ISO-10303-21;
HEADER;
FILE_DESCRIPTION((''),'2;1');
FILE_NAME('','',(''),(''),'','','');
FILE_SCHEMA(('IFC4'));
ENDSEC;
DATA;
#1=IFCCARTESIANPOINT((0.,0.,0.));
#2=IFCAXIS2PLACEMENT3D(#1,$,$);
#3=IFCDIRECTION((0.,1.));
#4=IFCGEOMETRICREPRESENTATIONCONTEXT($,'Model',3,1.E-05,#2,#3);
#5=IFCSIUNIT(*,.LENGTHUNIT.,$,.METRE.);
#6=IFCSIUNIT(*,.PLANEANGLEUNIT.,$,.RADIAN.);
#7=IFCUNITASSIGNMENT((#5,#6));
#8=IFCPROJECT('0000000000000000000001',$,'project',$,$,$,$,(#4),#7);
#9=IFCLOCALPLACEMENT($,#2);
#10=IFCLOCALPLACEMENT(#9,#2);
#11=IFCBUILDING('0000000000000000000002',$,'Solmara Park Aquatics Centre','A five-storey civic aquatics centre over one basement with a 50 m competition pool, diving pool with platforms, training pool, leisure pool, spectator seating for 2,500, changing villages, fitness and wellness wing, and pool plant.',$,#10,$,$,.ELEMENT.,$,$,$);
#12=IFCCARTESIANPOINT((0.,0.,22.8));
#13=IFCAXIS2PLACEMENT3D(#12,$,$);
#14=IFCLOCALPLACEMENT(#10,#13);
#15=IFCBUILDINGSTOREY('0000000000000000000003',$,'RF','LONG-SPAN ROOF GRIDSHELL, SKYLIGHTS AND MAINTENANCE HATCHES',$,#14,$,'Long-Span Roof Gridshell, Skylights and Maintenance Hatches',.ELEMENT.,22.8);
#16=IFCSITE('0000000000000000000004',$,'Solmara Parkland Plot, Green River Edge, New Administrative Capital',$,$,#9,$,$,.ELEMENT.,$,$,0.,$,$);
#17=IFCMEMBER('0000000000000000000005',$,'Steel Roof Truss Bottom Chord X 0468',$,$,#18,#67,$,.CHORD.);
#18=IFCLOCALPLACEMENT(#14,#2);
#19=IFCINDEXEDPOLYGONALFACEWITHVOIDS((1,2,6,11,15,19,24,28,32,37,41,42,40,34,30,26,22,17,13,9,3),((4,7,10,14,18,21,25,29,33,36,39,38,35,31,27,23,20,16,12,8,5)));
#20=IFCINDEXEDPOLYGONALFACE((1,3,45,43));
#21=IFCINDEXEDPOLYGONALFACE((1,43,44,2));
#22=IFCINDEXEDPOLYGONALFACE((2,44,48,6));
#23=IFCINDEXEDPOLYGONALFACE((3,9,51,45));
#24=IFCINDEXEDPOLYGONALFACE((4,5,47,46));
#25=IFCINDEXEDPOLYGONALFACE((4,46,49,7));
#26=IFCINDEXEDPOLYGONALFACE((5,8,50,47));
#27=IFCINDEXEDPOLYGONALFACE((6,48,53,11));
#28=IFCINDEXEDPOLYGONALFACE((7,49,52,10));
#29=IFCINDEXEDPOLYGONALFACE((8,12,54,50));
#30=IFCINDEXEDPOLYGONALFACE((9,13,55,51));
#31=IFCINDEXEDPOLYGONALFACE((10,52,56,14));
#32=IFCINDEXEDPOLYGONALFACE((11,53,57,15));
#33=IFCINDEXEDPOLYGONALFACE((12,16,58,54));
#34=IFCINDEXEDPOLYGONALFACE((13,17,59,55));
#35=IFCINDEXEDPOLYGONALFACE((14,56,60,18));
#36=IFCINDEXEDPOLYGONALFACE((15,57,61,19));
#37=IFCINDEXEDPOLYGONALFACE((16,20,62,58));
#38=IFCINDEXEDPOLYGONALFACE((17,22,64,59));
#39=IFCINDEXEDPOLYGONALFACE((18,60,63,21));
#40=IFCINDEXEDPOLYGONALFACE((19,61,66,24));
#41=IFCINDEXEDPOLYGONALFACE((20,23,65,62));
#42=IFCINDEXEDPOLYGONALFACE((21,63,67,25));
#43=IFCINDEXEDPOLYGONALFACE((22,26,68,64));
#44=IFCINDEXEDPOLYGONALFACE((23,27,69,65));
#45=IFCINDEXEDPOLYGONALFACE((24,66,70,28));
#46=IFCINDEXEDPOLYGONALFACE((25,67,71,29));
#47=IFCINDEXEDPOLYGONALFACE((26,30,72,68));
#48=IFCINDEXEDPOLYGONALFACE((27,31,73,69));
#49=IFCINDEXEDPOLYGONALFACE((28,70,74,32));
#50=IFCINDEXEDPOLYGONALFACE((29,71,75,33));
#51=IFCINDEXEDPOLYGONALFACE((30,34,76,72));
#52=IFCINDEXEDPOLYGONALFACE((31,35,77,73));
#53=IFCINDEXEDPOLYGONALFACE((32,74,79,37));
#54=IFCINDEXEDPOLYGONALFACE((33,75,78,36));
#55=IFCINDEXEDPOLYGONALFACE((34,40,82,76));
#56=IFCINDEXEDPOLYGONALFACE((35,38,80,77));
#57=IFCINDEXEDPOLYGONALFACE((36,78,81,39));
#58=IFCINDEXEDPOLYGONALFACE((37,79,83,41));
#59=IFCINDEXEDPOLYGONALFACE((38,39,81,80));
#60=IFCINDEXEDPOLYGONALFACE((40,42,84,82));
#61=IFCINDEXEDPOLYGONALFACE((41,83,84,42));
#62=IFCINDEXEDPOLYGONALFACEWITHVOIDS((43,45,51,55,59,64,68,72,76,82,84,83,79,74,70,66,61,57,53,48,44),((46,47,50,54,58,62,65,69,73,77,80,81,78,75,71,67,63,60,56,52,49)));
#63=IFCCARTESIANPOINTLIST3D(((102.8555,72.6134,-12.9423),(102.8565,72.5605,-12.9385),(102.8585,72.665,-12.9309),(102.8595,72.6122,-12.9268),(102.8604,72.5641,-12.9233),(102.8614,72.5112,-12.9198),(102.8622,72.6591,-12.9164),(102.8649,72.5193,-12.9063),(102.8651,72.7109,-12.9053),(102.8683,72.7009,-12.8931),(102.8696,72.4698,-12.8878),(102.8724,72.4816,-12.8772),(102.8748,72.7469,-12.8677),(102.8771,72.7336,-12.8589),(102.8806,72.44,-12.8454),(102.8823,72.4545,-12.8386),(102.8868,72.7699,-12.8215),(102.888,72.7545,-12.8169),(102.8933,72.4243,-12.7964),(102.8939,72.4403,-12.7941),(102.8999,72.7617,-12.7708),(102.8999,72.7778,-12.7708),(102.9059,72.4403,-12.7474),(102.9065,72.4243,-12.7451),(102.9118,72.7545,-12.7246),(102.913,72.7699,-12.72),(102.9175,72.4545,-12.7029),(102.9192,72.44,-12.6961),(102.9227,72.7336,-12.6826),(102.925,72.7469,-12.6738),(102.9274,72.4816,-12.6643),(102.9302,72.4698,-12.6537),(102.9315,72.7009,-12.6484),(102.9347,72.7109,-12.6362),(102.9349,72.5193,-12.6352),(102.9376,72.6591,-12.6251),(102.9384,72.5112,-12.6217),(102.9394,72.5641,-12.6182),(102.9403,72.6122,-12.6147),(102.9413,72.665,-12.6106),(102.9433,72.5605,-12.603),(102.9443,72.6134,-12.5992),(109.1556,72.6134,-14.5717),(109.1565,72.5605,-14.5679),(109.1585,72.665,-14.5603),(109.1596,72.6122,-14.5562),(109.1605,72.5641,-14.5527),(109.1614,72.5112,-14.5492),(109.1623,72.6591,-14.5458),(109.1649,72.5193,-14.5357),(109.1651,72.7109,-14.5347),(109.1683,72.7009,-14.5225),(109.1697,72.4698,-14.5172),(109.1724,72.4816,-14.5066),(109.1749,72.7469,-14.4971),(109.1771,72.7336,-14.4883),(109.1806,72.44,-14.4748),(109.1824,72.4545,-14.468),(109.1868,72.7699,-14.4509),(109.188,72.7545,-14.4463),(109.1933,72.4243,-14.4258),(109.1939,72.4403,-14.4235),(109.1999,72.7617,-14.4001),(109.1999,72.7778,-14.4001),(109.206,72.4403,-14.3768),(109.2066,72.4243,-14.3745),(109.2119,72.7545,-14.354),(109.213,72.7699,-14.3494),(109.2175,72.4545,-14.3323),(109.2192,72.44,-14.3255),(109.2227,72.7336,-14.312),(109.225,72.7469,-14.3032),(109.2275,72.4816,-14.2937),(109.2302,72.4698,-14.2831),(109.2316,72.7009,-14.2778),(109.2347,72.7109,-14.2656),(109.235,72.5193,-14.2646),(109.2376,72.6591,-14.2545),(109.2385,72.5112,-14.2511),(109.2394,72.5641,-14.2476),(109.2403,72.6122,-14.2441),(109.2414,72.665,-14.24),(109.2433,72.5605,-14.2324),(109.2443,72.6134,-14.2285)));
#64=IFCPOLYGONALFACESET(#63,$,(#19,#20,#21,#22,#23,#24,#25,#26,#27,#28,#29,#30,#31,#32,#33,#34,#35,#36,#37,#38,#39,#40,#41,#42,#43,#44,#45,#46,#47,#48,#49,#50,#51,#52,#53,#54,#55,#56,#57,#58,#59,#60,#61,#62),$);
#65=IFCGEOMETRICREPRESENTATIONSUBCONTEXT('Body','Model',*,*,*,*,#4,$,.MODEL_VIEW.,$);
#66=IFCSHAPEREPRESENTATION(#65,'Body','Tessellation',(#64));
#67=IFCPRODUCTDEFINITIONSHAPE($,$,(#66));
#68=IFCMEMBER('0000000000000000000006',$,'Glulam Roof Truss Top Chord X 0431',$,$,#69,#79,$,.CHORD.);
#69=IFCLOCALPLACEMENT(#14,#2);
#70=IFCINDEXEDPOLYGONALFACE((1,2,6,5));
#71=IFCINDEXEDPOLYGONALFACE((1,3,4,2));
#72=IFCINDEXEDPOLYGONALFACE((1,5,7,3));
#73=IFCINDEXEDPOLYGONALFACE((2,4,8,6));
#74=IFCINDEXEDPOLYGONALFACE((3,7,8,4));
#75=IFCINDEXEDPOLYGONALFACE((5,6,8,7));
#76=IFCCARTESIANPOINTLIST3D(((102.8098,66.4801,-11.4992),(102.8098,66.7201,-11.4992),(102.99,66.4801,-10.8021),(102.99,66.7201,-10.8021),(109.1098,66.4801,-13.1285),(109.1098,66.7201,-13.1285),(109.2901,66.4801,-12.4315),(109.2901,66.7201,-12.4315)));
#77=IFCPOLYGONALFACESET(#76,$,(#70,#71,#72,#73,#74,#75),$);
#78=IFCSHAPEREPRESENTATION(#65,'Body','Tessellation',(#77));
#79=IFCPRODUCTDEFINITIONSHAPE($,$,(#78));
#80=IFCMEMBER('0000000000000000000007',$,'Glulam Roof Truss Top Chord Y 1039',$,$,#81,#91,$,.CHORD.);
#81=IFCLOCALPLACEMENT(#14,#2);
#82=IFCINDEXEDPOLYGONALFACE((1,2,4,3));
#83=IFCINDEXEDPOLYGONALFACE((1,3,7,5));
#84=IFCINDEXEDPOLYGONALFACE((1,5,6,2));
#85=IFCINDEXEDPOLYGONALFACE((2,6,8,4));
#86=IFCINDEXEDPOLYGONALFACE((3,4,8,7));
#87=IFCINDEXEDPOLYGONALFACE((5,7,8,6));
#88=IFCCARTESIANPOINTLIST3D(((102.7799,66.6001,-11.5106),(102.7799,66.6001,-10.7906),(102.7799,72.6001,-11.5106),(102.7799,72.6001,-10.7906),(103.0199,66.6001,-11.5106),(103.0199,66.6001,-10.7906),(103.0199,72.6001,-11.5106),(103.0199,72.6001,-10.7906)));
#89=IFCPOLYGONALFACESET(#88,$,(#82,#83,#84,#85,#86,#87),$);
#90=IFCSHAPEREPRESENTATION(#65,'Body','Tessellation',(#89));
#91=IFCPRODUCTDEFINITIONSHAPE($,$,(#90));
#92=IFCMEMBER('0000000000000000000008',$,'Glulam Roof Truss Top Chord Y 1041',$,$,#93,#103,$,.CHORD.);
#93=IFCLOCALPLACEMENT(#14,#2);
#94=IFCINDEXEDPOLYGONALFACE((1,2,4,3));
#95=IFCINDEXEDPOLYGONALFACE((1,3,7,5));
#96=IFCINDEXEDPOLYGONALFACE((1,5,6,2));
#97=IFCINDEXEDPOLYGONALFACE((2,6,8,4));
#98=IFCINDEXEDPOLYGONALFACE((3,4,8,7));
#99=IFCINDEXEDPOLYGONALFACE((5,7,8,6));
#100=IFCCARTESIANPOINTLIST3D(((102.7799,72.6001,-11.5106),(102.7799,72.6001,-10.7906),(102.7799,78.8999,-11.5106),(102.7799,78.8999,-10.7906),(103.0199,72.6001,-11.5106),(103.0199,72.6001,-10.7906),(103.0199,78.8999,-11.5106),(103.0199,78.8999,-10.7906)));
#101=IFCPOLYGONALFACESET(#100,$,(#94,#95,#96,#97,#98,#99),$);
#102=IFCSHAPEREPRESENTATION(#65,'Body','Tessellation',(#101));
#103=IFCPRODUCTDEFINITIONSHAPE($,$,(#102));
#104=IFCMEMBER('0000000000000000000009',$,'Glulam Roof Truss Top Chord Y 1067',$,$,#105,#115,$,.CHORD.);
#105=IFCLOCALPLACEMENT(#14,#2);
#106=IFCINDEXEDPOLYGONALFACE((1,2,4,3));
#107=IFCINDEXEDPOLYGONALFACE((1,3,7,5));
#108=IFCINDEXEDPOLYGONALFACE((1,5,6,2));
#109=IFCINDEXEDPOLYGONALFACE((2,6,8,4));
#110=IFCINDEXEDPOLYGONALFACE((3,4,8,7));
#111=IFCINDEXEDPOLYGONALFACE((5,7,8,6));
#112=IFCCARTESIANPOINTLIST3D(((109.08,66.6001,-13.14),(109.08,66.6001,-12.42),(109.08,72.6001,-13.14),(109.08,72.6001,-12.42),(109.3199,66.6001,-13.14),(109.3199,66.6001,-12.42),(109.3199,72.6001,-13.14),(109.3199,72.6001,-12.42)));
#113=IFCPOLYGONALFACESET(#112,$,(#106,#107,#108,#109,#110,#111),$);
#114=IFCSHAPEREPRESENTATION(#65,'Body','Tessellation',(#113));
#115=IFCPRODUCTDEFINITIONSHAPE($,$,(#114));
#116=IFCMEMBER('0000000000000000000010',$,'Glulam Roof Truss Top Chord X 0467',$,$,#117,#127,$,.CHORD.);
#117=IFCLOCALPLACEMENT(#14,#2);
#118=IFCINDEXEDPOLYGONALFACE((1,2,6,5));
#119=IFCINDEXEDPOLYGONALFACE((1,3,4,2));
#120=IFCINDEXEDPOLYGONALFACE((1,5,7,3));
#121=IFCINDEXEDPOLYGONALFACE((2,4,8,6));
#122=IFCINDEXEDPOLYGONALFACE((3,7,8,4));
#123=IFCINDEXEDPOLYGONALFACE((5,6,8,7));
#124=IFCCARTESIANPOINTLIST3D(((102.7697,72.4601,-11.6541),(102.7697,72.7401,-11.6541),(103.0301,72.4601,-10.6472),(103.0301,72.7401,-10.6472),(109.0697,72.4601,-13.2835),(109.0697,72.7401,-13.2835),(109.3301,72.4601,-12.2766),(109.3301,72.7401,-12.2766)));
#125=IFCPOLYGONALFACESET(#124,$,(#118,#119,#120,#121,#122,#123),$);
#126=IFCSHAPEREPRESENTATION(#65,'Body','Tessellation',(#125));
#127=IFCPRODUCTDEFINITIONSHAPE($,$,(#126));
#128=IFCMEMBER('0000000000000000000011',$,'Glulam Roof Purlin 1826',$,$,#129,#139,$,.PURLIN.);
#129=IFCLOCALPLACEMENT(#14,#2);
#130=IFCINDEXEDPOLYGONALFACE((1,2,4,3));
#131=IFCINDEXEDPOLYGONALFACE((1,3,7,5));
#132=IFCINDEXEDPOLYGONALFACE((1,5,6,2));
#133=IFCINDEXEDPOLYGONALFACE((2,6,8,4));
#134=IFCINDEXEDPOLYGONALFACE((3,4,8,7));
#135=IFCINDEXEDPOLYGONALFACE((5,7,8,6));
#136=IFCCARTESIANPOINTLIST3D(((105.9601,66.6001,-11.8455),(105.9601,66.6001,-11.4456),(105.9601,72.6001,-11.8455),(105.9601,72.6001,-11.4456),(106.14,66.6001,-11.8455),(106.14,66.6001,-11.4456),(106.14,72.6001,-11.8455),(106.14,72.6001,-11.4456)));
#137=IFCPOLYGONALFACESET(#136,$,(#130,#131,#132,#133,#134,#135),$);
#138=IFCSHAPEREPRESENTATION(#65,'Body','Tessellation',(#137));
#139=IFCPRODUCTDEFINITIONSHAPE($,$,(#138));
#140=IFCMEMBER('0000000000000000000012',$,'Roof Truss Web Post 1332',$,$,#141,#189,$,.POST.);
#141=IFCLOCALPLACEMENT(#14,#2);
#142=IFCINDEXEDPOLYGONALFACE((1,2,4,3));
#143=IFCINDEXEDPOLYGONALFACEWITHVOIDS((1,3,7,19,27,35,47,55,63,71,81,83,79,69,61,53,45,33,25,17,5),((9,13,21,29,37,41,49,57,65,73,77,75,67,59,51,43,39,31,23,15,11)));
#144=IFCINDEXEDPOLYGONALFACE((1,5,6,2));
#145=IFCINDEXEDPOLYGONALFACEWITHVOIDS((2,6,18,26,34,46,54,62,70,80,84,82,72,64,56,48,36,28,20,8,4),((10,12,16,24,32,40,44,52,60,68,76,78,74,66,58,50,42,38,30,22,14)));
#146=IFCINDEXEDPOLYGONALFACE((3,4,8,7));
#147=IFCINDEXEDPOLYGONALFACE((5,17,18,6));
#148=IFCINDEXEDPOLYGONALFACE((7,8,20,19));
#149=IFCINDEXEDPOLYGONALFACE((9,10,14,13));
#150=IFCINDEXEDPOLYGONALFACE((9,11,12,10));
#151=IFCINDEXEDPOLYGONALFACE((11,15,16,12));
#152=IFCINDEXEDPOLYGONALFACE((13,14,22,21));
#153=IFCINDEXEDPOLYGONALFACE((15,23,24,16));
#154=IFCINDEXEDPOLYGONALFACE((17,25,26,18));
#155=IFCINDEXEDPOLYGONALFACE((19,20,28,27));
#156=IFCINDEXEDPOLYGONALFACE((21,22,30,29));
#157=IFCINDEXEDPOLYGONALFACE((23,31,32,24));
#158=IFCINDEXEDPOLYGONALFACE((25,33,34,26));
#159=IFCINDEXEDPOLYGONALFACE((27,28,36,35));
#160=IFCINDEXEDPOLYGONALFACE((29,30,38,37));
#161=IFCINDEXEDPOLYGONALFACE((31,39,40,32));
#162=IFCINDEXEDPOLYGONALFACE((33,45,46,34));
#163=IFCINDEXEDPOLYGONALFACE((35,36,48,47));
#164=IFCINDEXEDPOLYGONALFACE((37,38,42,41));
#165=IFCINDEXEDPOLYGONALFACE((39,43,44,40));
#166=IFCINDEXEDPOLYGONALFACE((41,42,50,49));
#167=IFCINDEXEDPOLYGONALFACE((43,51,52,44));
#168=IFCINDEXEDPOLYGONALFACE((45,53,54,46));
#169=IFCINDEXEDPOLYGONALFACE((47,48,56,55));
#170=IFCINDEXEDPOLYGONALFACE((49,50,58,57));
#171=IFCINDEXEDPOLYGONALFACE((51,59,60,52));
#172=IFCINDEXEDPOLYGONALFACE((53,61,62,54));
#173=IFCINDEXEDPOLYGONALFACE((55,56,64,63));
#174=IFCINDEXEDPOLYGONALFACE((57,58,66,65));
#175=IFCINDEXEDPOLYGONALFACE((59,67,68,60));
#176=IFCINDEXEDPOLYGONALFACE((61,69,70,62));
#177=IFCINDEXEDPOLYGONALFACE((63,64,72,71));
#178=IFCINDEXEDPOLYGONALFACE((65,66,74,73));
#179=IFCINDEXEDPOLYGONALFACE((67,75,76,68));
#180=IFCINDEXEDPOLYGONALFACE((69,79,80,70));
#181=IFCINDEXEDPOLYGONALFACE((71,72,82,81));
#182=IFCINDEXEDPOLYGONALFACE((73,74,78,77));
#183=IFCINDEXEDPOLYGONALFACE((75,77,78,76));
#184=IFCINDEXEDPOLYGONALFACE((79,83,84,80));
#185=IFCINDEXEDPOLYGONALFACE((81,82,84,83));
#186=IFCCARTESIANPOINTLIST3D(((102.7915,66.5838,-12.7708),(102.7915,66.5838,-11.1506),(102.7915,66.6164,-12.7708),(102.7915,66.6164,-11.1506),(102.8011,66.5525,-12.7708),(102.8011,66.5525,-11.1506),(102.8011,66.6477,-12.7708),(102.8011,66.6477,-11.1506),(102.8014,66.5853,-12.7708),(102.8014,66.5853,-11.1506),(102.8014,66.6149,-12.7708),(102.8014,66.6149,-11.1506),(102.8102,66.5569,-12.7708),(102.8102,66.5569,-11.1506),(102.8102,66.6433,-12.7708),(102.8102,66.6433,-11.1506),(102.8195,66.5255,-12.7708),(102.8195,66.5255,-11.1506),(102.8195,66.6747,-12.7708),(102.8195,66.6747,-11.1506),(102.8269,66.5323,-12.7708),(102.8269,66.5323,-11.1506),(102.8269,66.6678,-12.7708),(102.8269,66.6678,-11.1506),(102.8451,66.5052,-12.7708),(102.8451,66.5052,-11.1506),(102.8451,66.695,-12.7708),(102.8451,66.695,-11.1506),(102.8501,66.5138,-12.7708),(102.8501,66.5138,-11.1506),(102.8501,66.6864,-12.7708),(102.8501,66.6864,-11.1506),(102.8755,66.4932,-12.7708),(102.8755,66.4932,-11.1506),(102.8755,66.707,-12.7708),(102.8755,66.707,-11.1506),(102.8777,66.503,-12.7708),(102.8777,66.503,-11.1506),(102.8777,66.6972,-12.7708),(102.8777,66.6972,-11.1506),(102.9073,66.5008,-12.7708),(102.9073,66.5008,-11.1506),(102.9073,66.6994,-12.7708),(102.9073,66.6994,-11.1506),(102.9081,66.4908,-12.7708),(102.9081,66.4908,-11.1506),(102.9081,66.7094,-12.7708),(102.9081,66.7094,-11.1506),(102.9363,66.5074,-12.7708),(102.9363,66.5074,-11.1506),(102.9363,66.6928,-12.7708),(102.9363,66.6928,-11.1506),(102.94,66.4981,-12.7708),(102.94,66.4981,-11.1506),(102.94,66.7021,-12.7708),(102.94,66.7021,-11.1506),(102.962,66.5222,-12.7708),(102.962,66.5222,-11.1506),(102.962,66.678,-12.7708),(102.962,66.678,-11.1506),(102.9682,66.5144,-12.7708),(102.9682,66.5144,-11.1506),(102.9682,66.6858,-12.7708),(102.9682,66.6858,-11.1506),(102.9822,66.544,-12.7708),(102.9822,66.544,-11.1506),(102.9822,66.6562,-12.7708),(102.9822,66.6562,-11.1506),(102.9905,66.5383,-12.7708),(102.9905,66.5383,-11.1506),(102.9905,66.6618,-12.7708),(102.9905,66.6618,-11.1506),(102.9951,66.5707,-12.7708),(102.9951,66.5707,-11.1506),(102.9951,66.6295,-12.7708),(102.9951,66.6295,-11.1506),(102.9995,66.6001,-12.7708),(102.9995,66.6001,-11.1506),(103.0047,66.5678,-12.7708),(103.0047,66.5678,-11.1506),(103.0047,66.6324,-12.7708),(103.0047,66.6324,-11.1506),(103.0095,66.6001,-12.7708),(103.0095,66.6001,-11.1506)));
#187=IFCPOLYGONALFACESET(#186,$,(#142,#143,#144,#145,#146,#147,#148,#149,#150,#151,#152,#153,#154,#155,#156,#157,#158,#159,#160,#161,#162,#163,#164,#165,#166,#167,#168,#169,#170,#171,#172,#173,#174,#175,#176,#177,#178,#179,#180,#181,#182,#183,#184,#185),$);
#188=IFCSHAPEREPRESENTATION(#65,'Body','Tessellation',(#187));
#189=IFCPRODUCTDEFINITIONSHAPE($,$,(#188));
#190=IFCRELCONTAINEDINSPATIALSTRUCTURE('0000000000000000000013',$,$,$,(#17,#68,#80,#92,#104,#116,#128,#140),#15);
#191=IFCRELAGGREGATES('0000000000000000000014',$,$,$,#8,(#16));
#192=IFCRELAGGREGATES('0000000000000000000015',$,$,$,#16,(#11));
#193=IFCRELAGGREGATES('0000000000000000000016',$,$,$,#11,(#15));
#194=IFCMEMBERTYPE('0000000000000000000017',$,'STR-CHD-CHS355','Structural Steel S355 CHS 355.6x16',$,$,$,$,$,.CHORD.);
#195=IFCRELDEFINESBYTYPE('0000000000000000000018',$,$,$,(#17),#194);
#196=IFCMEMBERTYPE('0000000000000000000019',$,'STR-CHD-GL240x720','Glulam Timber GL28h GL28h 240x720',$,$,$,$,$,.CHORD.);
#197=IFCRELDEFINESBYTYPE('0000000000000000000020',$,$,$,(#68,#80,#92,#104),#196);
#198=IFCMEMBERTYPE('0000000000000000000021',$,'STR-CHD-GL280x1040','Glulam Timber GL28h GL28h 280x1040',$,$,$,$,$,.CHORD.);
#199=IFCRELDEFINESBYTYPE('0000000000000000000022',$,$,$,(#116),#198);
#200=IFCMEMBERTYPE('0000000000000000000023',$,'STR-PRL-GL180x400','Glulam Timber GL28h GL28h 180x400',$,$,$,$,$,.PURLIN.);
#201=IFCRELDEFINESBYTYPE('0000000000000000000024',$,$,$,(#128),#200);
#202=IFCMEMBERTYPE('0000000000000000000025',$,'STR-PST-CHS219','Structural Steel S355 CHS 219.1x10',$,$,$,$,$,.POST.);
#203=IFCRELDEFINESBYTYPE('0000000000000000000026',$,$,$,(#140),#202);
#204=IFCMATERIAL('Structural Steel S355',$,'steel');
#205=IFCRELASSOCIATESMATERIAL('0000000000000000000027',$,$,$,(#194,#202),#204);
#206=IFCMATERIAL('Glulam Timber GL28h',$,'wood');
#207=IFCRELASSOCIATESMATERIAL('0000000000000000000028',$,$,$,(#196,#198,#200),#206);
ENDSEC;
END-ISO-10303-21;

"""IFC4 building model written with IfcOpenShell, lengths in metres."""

from ifc_helpers import new_model, si_unit, direction, frame, origin, origin_2d, place, context, subcontext, project, spatial, rectangle, hollow_circle, extrude, material, material_profile, profile_set, type_object, element, save


model = new_model("IFC4")

# Units and contexts
model_context = context("Model", 3, precision=1e-05, world=origin(), true_north=direction((0.0, 1.0)))
body_context = subcontext(model_context, "Body", "Model", "MODEL_VIEW")
ifc_project = project(units=[si_unit("LENGTHUNIT", "METRE"), si_unit("PLANEANGLEUNIT", "RADIAN")], contexts=[model_context])

# Site, building, storey
site_placement = place(None, origin())
site = spatial("IfcSite", under=ifc_project, at=site_placement, Name="Solmara Parkland Plot, Green River Edge, New Administrative Capital", CompositionType="ELEMENT", RefElevation=0.0)
building_placement = place(site_placement, origin())
building = spatial("IfcBuilding", under=site, at=building_placement, Name="Solmara Park Aquatics Centre", Description="A five-storey civic aquatics centre over one basement with a 50 m competition pool, diving pool with platforms, training pool, leisure pool, spectator seating for 2,500, changing villages, fitness and wellness wing, and pool plant.", CompositionType="ELEMENT")
storey_placement = place(building_placement, frame((0.0, 0.0, 22.8)))
storey = spatial("IfcBuildingStorey", under=building, at=storey_placement, Name="RF", Description="LONG-SPAN ROOF GRIDSHELL, SKYLIGHTS AND MAINTENANCE HATCHES", LongName="Long-Span Roof Gridshell, Skylights and Maintenance Hatches", CompositionType="ELEMENT", Elevation=22.8)

# Members
ifc_material_1 = material(Name="Structural Steel S355", Category="steel")
ifc_material_profile_1 = material_profile(ifc_material_1, hollow_circle(Radius=0.1777, WallThickness=0.0161, at=origin_2d()), Name="CHS 355.6x16")
ifc_profile_set_1 = profile_set([ifc_material_profile_1], Name="Structural Steel S355")
member_type_1 = type_object("IfcMemberType", Name="STR-CHD-CHS355", Description="Structural Steel S355 CHS 355.6x16", PredefinedType="CHORD", material=ifc_profile_set_1)
member_1_placement = place(storey_placement, frame((102.8999, 72.6001, -12.7708), z_axis=(0.968144, 0.0, -0.250393), x_axis=(0.0, 1.0, 0.0)))
element("IfcMember", 1, at=member_1_placement, inside=storey, type_object=member_type_1, Name="Steel Roof Truss Bottom Chord X 0468", PredefinedType="CHORD", context=body_context, shape_type="SweptSolid", body=[
    extrude(hollow_circle(Radius=0.1777, WallThickness=0.0161, at=origin_2d()), origin(), (0.0, 0.0, 1.0), 6.5073),
])
ifc_material_2 = material(Name="Glulam Timber GL28h", Category="wood")
ifc_material_profile_2 = material_profile(ifc_material_2, rectangle(XDim=0.24, YDim=0.72, at=origin_2d()), Name="GL28h 240x720")
ifc_profile_set_2 = profile_set([ifc_material_profile_2], Name="Glulam Timber GL28h")
member_type_2 = type_object("IfcMemberType", Name="STR-CHD-GL240x720", Description="Glulam Timber GL28h GL28h 240x720", PredefinedType="CHORD", material=ifc_profile_set_2)
member_2_placement = place(storey_placement, frame((102.8999, 66.6001, -11.1506), z_axis=(0.968144, 0.0, -0.250393), x_axis=(0.0, 1.0, 0.0)))
element("IfcMember", 2, at=member_2_placement, inside=storey, type_object=member_type_2, Name="Glulam Roof Truss Top Chord X 0431", PredefinedType="CHORD", context=body_context, shape_type="SweptSolid", body=[
    extrude(rectangle(XDim=0.24, YDim=0.72, at=origin_2d()), origin(), (0.0, 0.0, 1.0), 6.5073),
])
member_3_placement = place(storey_placement, frame((102.8999, 66.6001, -11.1506), z_axis=(0.0, 1.0, 0.0), x_axis=(-1.0, 0.0, 0.0)))
element("IfcMember", 3, at=member_3_placement, inside=storey, type_object=member_type_2, Name="Glulam Roof Truss Top Chord Y 1039", PredefinedType="CHORD", context=body_context, shape_type="SweptSolid", body=[
    extrude(rectangle(XDim=0.24, YDim=0.72, at=origin_2d()), origin(), (0.0, 0.0, 1.0), 6.0),
])
member_4_placement = place(storey_placement, frame((102.8999, 72.6001, -11.1506), z_axis=(0.0, 1.0, 0.0), x_axis=(-1.0, 0.0, 0.0)))
element("IfcMember", 4, at=member_4_placement, inside=storey, type_object=member_type_2, Name="Glulam Roof Truss Top Chord Y 1041", PredefinedType="CHORD", context=body_context, shape_type="SweptSolid", body=[
    extrude(rectangle(XDim=0.24, YDim=0.72, at=origin_2d()), origin(), (0.0, 0.0, 1.0), 6.2998),
])
member_5_placement = place(storey_placement, frame((109.2, 66.6001, -12.78), z_axis=(0.0, 1.0, 0.0), x_axis=(-1.0, 0.0, 0.0)))
element("IfcMember", 5, at=member_5_placement, inside=storey, type_object=member_type_2, Name="Glulam Roof Truss Top Chord Y 1067", PredefinedType="CHORD", context=body_context, shape_type="SweptSolid", body=[
    extrude(rectangle(XDim=0.24, YDim=0.72, at=origin_2d()), origin(), (0.0, 0.0, 1.0), 6.0),
])
ifc_material_profile_3 = material_profile(ifc_material_2, rectangle(XDim=0.28, YDim=1.04, at=origin_2d()), Name="GL28h 280x1040")
ifc_profile_set_3 = profile_set([ifc_material_profile_3], Name="Glulam Timber GL28h")
member_type_3 = type_object("IfcMemberType", Name="STR-CHD-GL280x1040", Description="Glulam Timber GL28h GL28h 280x1040", PredefinedType="CHORD", material=ifc_profile_set_3)
member_6_placement = place(storey_placement, frame((102.8999, 72.6001, -11.1506), z_axis=(0.968144, 0.0, -0.250393), x_axis=(0.0, 1.0, 0.0)))
element("IfcMember", 6, at=member_6_placement, inside=storey, type_object=member_type_3, Name="Glulam Roof Truss Top Chord X 0467", PredefinedType="CHORD", context=body_context, shape_type="SweptSolid", body=[
    extrude(rectangle(XDim=0.28, YDim=1.04, at=origin_2d()), origin(), (0.0, 0.0, 1.0), 6.5073),
])
ifc_material_profile_4 = material_profile(ifc_material_2, rectangle(XDim=0.1799, YDim=0.3999, at=origin_2d()), Name="GL28h 180x400")
ifc_profile_set_4 = profile_set([ifc_material_profile_4], Name="Glulam Timber GL28h")
member_type_4 = type_object("IfcMemberType", Name="STR-PRL-GL180x400", Description="Glulam Timber GL28h GL28h 180x400", PredefinedType="PURLIN", material=ifc_profile_set_4)
member_7_placement = place(storey_placement, frame((106.05, 66.6001, -11.6455), z_axis=(0.0, 1.0, 0.0), x_axis=(-1.0, 0.0, 0.0)))
element("IfcMember", 7, at=member_7_placement, inside=storey, type_object=member_type_4, Name="Glulam Roof Purlin 1826", PredefinedType="PURLIN", context=body_context, shape_type="SweptSolid", body=[
    extrude(rectangle(XDim=0.1799, YDim=0.3999, at=origin_2d()), origin(), (0.0, 0.0, 1.0), 6.0),
])
ifc_material_profile_5 = material_profile(ifc_material_1, hollow_circle(Radius=0.1096, WallThickness=0.01, at=origin_2d()), Name="CHS 219.1x10")
ifc_profile_set_5 = profile_set([ifc_material_profile_5], Name="Structural Steel S355")
member_type_5 = type_object("IfcMemberType", Name="STR-PST-CHS219", Description="Structural Steel S355 CHS 219.1x10", PredefinedType="POST", material=ifc_profile_set_5)
for number, where, z_axis, x_axis, name in (
    (8, (102.8999, 66.6001, -12.7708), (0.0, 0.0, 1.0), (1.0, 0.0, 0.0), "Roof Truss Web Post 1332"),
):
    element("IfcMember", number, at=place(storey_placement, frame(where, z_axis=z_axis, x_axis=x_axis)), inside=storey, type_object=member_type_5, Name=name, PredefinedType="POST", context=body_context, shape_type="SweptSolid", body=[
        extrude(hollow_circle(Radius=0.1096, WallThickness=0.01, at=origin_2d()), origin(), (0.0, 0.0, 1.0), 1.6201),
    ])

save(model, "model.ifc")
